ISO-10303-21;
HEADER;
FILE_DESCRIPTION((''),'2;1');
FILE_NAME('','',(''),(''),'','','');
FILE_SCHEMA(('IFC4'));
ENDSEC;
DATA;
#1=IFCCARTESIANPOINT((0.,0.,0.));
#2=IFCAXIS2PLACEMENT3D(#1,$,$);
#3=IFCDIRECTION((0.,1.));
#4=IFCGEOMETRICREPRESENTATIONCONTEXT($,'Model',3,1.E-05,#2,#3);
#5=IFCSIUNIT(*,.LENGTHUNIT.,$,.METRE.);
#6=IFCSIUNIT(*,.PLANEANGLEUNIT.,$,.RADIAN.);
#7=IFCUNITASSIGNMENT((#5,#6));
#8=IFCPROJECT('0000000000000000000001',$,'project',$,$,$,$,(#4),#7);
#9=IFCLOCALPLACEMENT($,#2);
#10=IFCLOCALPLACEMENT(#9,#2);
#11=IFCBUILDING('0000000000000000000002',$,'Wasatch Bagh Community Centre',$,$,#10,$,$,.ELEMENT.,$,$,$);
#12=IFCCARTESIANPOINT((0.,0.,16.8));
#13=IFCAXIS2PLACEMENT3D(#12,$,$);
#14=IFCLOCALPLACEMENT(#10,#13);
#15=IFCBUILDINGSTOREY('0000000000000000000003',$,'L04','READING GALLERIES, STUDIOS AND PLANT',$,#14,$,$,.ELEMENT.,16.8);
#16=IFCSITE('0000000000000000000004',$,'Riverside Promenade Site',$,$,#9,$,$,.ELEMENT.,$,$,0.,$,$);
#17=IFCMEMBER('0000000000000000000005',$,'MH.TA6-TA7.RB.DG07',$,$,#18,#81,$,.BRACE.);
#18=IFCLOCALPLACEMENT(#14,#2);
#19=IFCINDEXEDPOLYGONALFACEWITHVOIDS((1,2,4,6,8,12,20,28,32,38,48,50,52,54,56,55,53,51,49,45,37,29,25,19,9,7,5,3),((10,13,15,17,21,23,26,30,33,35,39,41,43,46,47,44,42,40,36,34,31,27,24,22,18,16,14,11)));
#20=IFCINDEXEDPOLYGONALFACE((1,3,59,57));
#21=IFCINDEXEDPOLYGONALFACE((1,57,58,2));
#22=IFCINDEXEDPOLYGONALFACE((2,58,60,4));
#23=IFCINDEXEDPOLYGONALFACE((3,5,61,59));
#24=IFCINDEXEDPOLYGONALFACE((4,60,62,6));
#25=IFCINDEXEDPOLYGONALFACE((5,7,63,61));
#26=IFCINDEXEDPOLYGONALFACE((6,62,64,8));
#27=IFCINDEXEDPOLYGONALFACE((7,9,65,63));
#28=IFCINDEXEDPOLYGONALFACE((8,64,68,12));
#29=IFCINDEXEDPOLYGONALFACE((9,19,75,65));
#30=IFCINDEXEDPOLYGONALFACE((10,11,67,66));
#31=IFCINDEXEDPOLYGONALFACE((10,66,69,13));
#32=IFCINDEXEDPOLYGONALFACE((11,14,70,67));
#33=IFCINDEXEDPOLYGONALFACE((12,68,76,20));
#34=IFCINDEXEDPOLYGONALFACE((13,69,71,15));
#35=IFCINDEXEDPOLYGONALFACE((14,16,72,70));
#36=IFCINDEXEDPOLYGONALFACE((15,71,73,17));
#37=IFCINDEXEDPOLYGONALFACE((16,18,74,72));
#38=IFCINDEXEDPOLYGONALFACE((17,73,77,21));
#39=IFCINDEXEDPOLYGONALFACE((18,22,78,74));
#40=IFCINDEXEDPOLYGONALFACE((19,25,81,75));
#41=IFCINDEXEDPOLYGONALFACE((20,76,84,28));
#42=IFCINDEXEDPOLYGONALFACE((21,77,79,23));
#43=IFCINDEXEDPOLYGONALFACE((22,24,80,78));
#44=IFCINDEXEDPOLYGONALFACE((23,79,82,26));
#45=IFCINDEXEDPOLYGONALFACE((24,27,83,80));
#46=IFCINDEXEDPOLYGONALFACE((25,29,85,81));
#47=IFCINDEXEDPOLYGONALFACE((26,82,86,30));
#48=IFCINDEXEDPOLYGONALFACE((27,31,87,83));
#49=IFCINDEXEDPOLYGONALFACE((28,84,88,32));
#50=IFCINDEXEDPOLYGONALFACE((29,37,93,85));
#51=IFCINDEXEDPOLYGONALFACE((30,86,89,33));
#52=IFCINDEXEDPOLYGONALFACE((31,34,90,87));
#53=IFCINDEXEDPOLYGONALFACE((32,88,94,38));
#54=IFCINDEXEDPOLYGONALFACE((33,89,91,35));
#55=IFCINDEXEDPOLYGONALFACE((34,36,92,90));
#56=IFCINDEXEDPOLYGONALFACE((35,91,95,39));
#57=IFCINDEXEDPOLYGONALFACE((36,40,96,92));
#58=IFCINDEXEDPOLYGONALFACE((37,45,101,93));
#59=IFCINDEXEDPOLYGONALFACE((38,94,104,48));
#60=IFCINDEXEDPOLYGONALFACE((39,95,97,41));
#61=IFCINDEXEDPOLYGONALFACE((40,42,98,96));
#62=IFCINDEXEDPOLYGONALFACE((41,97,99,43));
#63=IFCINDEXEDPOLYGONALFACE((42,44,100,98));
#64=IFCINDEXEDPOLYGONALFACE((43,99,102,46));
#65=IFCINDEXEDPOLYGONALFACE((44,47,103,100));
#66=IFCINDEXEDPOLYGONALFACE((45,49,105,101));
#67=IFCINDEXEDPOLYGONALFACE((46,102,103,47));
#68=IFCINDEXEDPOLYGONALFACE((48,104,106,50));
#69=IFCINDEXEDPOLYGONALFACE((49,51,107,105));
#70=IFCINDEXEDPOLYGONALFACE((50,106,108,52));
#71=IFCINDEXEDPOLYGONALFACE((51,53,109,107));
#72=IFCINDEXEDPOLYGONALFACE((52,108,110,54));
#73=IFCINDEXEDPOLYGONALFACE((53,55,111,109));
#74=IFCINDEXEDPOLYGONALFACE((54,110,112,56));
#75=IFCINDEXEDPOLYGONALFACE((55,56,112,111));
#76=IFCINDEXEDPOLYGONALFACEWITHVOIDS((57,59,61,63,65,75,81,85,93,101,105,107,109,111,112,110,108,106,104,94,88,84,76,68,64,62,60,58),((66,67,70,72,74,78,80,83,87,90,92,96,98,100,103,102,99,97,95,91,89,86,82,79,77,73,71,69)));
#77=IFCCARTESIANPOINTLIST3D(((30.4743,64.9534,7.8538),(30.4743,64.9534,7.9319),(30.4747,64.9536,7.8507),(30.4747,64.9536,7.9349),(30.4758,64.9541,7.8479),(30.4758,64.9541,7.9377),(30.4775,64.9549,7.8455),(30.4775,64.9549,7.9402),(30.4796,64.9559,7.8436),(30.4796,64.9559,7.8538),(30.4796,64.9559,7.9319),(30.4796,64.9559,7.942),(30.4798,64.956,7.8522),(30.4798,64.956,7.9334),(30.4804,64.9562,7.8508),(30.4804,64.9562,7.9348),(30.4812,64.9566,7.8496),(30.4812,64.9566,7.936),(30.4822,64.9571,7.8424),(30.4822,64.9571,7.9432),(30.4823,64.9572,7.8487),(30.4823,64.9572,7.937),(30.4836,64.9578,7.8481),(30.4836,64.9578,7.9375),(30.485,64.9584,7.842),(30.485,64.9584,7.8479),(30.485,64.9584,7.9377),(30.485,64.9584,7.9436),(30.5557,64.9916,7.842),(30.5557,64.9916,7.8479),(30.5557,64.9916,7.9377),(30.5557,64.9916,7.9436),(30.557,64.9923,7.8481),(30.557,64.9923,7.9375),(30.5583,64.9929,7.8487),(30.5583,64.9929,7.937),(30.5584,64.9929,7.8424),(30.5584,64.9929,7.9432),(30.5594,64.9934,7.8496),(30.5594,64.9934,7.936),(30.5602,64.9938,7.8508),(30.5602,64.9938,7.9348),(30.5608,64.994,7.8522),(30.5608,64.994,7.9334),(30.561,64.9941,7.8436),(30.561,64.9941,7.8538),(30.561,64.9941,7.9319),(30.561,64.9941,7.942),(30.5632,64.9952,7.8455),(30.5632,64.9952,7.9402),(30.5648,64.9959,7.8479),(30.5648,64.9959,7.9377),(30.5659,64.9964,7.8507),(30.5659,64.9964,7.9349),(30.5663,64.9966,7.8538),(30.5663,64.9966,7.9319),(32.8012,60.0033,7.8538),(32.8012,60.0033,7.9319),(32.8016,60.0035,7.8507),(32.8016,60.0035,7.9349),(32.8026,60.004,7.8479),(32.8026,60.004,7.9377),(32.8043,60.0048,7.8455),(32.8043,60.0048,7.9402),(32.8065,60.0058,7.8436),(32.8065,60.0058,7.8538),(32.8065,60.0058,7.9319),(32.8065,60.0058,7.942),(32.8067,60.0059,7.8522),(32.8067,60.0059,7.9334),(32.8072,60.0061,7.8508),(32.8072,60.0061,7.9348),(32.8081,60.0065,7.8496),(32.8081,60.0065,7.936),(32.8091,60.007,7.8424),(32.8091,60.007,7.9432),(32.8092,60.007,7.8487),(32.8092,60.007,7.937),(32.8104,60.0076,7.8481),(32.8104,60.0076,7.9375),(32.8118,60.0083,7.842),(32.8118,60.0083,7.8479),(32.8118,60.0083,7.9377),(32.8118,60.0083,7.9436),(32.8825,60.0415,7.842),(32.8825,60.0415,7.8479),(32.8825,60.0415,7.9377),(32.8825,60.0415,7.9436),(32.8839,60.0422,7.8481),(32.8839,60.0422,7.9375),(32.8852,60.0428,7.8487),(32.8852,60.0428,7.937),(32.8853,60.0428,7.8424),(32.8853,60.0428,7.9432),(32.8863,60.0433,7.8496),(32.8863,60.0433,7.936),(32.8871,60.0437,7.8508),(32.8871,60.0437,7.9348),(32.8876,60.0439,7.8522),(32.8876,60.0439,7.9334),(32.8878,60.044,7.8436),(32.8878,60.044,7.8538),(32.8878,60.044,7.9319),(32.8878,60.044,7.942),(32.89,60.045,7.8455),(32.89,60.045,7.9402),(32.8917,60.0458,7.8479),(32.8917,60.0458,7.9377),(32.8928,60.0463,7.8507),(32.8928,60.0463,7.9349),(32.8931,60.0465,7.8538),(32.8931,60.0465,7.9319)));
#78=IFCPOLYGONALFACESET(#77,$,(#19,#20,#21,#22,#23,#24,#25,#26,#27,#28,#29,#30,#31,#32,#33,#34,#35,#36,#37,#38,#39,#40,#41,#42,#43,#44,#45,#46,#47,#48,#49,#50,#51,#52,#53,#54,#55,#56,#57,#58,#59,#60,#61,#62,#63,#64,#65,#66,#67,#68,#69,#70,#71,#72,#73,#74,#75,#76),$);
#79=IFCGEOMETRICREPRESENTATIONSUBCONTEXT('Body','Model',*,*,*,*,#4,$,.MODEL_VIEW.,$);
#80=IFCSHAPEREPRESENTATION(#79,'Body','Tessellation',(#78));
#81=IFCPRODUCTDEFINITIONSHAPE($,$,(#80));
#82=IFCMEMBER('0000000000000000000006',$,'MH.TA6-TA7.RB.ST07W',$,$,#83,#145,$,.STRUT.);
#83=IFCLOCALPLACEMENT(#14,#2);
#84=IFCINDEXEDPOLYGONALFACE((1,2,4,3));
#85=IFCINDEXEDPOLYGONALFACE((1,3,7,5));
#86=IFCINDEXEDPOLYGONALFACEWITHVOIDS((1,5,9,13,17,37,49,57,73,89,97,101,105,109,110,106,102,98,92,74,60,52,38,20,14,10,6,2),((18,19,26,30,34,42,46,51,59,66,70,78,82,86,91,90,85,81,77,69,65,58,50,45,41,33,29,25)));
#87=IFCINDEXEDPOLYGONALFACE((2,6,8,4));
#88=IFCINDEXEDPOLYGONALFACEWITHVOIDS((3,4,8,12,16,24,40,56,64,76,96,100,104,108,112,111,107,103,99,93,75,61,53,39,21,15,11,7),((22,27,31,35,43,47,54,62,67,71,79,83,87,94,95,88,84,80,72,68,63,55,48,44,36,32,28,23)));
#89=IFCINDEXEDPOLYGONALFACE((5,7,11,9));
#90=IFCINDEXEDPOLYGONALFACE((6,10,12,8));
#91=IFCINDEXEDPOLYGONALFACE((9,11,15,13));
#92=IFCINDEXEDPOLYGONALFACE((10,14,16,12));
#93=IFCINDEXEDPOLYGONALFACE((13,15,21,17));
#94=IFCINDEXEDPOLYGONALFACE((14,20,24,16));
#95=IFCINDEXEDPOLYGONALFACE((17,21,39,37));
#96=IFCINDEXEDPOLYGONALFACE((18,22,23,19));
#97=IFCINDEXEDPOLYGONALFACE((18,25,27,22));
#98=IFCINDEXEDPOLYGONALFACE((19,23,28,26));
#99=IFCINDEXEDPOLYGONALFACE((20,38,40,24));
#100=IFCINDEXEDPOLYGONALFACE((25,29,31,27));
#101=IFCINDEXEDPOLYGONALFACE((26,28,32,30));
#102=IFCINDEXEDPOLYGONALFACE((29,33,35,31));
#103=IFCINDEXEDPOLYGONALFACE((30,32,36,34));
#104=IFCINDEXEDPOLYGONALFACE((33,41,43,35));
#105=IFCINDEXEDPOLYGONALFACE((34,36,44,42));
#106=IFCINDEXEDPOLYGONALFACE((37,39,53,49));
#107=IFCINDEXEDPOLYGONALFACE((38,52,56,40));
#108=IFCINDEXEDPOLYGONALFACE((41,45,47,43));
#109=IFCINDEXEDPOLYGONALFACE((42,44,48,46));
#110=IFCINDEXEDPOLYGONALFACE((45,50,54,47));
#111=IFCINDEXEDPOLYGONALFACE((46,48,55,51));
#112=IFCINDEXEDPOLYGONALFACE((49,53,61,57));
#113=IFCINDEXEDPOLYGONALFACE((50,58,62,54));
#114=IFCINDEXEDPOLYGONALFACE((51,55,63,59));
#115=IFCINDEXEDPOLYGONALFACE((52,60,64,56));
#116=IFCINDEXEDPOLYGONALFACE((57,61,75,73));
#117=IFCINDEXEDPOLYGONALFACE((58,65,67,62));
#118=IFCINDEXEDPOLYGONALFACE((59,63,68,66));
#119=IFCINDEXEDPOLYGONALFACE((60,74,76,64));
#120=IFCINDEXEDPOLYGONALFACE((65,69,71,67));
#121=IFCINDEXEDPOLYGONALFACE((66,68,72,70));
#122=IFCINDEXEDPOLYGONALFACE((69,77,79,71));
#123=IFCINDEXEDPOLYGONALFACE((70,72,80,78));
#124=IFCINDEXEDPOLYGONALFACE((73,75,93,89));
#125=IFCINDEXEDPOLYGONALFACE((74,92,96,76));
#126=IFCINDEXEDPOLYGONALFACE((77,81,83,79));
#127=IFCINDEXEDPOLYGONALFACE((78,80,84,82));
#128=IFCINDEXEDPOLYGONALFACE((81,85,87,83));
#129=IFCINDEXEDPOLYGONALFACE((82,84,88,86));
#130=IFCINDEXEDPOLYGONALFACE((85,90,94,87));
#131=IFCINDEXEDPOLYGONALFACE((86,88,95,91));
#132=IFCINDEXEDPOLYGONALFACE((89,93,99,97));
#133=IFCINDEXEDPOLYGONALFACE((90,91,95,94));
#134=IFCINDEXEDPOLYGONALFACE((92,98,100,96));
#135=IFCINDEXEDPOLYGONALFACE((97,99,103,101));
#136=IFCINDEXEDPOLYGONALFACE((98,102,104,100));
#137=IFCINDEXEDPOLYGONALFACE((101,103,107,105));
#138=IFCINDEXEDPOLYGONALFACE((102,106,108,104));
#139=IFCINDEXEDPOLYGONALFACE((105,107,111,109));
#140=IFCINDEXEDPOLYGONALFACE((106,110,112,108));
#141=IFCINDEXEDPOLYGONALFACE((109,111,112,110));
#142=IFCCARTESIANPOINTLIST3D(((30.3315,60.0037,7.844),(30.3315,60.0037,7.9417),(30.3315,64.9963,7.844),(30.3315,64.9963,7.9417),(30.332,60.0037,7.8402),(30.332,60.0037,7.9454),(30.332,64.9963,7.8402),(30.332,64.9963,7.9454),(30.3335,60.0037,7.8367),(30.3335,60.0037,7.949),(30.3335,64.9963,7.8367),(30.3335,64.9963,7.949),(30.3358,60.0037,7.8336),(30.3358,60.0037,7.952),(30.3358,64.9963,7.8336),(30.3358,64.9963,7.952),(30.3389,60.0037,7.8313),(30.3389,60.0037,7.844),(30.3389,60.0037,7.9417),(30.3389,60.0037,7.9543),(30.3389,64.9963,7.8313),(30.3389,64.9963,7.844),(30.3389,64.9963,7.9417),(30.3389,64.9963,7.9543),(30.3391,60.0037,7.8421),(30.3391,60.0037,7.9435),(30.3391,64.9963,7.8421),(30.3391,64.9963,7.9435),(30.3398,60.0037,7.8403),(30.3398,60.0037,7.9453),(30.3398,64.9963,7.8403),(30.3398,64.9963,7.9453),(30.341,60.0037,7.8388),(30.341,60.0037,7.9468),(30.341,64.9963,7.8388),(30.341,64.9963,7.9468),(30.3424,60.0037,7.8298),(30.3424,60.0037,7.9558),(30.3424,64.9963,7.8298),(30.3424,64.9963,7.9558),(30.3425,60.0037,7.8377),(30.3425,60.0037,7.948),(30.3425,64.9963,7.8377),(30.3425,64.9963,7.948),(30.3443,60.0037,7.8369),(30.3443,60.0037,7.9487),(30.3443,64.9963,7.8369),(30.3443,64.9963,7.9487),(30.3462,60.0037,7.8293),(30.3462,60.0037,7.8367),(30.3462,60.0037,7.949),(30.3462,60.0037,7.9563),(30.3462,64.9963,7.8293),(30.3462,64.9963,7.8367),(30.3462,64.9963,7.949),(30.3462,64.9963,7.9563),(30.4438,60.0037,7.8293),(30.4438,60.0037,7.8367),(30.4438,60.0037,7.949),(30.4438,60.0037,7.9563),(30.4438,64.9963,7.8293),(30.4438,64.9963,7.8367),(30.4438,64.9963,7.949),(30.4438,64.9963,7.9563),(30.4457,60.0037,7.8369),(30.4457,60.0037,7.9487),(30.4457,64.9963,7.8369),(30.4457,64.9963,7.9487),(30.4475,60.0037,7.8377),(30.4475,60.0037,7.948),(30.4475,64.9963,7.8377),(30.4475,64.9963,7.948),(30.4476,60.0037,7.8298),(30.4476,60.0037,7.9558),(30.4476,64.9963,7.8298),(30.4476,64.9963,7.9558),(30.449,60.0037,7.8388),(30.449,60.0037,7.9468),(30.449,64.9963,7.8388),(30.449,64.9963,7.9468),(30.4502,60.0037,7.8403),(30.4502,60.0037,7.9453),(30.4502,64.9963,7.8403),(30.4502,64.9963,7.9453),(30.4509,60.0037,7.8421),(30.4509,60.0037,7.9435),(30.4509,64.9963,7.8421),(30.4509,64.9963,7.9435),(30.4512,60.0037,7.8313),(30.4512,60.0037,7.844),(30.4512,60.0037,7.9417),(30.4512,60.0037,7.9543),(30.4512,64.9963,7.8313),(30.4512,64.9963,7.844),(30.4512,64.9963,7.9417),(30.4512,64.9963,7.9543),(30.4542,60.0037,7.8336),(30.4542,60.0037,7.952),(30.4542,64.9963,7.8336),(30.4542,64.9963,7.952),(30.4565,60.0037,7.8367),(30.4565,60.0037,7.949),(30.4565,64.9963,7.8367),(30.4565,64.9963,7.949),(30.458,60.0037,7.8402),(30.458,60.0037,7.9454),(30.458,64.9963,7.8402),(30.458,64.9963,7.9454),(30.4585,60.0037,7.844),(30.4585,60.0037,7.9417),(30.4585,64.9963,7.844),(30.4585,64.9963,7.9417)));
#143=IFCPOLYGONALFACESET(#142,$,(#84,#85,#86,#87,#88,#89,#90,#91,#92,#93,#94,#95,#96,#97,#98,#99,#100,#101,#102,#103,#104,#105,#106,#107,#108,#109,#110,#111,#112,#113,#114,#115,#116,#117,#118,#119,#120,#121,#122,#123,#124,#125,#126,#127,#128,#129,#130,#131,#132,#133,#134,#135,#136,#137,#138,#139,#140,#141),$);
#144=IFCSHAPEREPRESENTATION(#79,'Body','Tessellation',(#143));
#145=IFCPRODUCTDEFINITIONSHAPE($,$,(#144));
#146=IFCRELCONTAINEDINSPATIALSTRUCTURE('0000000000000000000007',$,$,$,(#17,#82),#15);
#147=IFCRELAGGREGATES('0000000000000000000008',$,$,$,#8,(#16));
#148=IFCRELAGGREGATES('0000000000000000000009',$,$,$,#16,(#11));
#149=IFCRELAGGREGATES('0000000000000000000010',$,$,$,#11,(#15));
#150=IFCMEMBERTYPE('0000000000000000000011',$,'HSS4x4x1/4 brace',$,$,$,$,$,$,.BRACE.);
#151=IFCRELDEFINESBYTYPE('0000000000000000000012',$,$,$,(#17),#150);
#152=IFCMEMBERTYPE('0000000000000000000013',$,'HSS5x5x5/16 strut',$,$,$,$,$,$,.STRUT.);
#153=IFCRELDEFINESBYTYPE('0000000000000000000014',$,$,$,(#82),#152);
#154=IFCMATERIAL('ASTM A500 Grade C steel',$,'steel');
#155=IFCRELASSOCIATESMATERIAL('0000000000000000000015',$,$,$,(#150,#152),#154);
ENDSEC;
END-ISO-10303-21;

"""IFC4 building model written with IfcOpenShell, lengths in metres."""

from ifc_helpers import new_model, si_unit, direction, frame, origin, origin_2d, place, context, subcontext, project, spatial, hollow_rectangle, extrude, material, material_profile, profile_set, type_object, element, save


model = new_model("IFC4")

# Units and contexts
model_context = context("Model", 3, precision=1e-05, world=origin(), true_north=direction((0.0, 1.0)))
body_context = subcontext(model_context, "Body", "Model", "MODEL_VIEW")
ifc_project = project(units=[si_unit("LENGTHUNIT", "METRE"), si_unit("PLANEANGLEUNIT", "RADIAN")], contexts=[model_context])

# Site, building, storey
site_placement = place(None, origin())
site = spatial("IfcSite", under=ifc_project, at=site_placement, Name="Riverside Promenade Site", CompositionType="ELEMENT", RefElevation=0.0)
building_placement = place(site_placement, origin())
building = spatial("IfcBuilding", under=site, at=building_placement, Name="Wasatch Bagh Community Centre", CompositionType="ELEMENT")
storey_placement = place(building_placement, frame((0.0, 0.0, 16.8)))
storey = spatial("IfcBuildingStorey", under=building, at=storey_placement, Name="L04", Description="READING GALLERIES, STUDIOS AND PLANT", CompositionType="ELEMENT", Elevation=16.8)

# Members
ifc_material_1 = material(Name="ASTM A500 Grade C steel", Category="steel")
ifc_material_profile_1 = material_profile(ifc_material_1, hollow_rectangle(XDim=0.1016, YDim=0.1016, WallThickness=0.0059, InnerFilletRadius=0.0059, OuterFilletRadius=0.0117, at=origin_2d()), Name="HSS4x4x1/4")
ifc_profile_set_1 = profile_set([ifc_material_profile_1], Name="ASTM A500 Grade C steel")
member_type_1 = type_object("IfcMemberType", Name="HSS4x4x1/4 brace", PredefinedType="BRACE", material=ifc_profile_set_1)
member_1_placement = place(storey_placement, frame((32.8472, 60.0249, 7.8928), z_axis=(-0.425408, 0.905002, 0.0), x_axis=(-0.905002, -0.425408, 0.0)))
element("IfcMember", 1, at=member_1_placement, inside=storey, type_object=member_type_1, Name="MH.TA6-TA7.RB.DG07", PredefinedType="BRACE", context=body_context, shape_type="SweptSolid", body=[
    extrude(hollow_rectangle(XDim=0.1016, YDim=0.1016, WallThickness=0.0059, InnerFilletRadius=0.0059, OuterFilletRadius=0.0117, at=origin_2d()), origin(), (0.0, 0.0, 1.0), 5.4697),
])
ifc_material_profile_2 = material_profile(ifc_material_1, hollow_rectangle(XDim=0.127, YDim=0.127, WallThickness=0.0073, InnerFilletRadius=0.0073, OuterFilletRadius=0.0146, at=origin_2d()), Name="HSS5x5x5/16")
ifc_profile_set_2 = profile_set([ifc_material_profile_2], Name="ASTM A500 Grade C steel")
member_type_2 = type_object("IfcMemberType", Name="HSS5x5x5/16 strut", PredefinedType="STRUT", material=ifc_profile_set_2)
for number, where, z_axis, x_axis, name in (
    (2, (30.395, 60.0037, 7.8928), (0.0, 1.0, 0.0), (-1.0, 0.0, 0.0), "MH.TA6-TA7.RB.ST07W"),
):
    element("IfcMember", number, at=place(storey_placement, frame(where, z_axis=z_axis, x_axis=x_axis)), inside=storey, type_object=member_type_2, Name=name, PredefinedType="STRUT", context=body_context, shape_type="SweptSolid", body=[
        extrude(hollow_rectangle(XDim=0.127, YDim=0.127, WallThickness=0.0073, InnerFilletRadius=0.0073, OuterFilletRadius=0.0146, at=origin_2d()), origin(), (0.0, 0.0, 1.0), 4.9927),
    ])

save(model, "model.ifc")
